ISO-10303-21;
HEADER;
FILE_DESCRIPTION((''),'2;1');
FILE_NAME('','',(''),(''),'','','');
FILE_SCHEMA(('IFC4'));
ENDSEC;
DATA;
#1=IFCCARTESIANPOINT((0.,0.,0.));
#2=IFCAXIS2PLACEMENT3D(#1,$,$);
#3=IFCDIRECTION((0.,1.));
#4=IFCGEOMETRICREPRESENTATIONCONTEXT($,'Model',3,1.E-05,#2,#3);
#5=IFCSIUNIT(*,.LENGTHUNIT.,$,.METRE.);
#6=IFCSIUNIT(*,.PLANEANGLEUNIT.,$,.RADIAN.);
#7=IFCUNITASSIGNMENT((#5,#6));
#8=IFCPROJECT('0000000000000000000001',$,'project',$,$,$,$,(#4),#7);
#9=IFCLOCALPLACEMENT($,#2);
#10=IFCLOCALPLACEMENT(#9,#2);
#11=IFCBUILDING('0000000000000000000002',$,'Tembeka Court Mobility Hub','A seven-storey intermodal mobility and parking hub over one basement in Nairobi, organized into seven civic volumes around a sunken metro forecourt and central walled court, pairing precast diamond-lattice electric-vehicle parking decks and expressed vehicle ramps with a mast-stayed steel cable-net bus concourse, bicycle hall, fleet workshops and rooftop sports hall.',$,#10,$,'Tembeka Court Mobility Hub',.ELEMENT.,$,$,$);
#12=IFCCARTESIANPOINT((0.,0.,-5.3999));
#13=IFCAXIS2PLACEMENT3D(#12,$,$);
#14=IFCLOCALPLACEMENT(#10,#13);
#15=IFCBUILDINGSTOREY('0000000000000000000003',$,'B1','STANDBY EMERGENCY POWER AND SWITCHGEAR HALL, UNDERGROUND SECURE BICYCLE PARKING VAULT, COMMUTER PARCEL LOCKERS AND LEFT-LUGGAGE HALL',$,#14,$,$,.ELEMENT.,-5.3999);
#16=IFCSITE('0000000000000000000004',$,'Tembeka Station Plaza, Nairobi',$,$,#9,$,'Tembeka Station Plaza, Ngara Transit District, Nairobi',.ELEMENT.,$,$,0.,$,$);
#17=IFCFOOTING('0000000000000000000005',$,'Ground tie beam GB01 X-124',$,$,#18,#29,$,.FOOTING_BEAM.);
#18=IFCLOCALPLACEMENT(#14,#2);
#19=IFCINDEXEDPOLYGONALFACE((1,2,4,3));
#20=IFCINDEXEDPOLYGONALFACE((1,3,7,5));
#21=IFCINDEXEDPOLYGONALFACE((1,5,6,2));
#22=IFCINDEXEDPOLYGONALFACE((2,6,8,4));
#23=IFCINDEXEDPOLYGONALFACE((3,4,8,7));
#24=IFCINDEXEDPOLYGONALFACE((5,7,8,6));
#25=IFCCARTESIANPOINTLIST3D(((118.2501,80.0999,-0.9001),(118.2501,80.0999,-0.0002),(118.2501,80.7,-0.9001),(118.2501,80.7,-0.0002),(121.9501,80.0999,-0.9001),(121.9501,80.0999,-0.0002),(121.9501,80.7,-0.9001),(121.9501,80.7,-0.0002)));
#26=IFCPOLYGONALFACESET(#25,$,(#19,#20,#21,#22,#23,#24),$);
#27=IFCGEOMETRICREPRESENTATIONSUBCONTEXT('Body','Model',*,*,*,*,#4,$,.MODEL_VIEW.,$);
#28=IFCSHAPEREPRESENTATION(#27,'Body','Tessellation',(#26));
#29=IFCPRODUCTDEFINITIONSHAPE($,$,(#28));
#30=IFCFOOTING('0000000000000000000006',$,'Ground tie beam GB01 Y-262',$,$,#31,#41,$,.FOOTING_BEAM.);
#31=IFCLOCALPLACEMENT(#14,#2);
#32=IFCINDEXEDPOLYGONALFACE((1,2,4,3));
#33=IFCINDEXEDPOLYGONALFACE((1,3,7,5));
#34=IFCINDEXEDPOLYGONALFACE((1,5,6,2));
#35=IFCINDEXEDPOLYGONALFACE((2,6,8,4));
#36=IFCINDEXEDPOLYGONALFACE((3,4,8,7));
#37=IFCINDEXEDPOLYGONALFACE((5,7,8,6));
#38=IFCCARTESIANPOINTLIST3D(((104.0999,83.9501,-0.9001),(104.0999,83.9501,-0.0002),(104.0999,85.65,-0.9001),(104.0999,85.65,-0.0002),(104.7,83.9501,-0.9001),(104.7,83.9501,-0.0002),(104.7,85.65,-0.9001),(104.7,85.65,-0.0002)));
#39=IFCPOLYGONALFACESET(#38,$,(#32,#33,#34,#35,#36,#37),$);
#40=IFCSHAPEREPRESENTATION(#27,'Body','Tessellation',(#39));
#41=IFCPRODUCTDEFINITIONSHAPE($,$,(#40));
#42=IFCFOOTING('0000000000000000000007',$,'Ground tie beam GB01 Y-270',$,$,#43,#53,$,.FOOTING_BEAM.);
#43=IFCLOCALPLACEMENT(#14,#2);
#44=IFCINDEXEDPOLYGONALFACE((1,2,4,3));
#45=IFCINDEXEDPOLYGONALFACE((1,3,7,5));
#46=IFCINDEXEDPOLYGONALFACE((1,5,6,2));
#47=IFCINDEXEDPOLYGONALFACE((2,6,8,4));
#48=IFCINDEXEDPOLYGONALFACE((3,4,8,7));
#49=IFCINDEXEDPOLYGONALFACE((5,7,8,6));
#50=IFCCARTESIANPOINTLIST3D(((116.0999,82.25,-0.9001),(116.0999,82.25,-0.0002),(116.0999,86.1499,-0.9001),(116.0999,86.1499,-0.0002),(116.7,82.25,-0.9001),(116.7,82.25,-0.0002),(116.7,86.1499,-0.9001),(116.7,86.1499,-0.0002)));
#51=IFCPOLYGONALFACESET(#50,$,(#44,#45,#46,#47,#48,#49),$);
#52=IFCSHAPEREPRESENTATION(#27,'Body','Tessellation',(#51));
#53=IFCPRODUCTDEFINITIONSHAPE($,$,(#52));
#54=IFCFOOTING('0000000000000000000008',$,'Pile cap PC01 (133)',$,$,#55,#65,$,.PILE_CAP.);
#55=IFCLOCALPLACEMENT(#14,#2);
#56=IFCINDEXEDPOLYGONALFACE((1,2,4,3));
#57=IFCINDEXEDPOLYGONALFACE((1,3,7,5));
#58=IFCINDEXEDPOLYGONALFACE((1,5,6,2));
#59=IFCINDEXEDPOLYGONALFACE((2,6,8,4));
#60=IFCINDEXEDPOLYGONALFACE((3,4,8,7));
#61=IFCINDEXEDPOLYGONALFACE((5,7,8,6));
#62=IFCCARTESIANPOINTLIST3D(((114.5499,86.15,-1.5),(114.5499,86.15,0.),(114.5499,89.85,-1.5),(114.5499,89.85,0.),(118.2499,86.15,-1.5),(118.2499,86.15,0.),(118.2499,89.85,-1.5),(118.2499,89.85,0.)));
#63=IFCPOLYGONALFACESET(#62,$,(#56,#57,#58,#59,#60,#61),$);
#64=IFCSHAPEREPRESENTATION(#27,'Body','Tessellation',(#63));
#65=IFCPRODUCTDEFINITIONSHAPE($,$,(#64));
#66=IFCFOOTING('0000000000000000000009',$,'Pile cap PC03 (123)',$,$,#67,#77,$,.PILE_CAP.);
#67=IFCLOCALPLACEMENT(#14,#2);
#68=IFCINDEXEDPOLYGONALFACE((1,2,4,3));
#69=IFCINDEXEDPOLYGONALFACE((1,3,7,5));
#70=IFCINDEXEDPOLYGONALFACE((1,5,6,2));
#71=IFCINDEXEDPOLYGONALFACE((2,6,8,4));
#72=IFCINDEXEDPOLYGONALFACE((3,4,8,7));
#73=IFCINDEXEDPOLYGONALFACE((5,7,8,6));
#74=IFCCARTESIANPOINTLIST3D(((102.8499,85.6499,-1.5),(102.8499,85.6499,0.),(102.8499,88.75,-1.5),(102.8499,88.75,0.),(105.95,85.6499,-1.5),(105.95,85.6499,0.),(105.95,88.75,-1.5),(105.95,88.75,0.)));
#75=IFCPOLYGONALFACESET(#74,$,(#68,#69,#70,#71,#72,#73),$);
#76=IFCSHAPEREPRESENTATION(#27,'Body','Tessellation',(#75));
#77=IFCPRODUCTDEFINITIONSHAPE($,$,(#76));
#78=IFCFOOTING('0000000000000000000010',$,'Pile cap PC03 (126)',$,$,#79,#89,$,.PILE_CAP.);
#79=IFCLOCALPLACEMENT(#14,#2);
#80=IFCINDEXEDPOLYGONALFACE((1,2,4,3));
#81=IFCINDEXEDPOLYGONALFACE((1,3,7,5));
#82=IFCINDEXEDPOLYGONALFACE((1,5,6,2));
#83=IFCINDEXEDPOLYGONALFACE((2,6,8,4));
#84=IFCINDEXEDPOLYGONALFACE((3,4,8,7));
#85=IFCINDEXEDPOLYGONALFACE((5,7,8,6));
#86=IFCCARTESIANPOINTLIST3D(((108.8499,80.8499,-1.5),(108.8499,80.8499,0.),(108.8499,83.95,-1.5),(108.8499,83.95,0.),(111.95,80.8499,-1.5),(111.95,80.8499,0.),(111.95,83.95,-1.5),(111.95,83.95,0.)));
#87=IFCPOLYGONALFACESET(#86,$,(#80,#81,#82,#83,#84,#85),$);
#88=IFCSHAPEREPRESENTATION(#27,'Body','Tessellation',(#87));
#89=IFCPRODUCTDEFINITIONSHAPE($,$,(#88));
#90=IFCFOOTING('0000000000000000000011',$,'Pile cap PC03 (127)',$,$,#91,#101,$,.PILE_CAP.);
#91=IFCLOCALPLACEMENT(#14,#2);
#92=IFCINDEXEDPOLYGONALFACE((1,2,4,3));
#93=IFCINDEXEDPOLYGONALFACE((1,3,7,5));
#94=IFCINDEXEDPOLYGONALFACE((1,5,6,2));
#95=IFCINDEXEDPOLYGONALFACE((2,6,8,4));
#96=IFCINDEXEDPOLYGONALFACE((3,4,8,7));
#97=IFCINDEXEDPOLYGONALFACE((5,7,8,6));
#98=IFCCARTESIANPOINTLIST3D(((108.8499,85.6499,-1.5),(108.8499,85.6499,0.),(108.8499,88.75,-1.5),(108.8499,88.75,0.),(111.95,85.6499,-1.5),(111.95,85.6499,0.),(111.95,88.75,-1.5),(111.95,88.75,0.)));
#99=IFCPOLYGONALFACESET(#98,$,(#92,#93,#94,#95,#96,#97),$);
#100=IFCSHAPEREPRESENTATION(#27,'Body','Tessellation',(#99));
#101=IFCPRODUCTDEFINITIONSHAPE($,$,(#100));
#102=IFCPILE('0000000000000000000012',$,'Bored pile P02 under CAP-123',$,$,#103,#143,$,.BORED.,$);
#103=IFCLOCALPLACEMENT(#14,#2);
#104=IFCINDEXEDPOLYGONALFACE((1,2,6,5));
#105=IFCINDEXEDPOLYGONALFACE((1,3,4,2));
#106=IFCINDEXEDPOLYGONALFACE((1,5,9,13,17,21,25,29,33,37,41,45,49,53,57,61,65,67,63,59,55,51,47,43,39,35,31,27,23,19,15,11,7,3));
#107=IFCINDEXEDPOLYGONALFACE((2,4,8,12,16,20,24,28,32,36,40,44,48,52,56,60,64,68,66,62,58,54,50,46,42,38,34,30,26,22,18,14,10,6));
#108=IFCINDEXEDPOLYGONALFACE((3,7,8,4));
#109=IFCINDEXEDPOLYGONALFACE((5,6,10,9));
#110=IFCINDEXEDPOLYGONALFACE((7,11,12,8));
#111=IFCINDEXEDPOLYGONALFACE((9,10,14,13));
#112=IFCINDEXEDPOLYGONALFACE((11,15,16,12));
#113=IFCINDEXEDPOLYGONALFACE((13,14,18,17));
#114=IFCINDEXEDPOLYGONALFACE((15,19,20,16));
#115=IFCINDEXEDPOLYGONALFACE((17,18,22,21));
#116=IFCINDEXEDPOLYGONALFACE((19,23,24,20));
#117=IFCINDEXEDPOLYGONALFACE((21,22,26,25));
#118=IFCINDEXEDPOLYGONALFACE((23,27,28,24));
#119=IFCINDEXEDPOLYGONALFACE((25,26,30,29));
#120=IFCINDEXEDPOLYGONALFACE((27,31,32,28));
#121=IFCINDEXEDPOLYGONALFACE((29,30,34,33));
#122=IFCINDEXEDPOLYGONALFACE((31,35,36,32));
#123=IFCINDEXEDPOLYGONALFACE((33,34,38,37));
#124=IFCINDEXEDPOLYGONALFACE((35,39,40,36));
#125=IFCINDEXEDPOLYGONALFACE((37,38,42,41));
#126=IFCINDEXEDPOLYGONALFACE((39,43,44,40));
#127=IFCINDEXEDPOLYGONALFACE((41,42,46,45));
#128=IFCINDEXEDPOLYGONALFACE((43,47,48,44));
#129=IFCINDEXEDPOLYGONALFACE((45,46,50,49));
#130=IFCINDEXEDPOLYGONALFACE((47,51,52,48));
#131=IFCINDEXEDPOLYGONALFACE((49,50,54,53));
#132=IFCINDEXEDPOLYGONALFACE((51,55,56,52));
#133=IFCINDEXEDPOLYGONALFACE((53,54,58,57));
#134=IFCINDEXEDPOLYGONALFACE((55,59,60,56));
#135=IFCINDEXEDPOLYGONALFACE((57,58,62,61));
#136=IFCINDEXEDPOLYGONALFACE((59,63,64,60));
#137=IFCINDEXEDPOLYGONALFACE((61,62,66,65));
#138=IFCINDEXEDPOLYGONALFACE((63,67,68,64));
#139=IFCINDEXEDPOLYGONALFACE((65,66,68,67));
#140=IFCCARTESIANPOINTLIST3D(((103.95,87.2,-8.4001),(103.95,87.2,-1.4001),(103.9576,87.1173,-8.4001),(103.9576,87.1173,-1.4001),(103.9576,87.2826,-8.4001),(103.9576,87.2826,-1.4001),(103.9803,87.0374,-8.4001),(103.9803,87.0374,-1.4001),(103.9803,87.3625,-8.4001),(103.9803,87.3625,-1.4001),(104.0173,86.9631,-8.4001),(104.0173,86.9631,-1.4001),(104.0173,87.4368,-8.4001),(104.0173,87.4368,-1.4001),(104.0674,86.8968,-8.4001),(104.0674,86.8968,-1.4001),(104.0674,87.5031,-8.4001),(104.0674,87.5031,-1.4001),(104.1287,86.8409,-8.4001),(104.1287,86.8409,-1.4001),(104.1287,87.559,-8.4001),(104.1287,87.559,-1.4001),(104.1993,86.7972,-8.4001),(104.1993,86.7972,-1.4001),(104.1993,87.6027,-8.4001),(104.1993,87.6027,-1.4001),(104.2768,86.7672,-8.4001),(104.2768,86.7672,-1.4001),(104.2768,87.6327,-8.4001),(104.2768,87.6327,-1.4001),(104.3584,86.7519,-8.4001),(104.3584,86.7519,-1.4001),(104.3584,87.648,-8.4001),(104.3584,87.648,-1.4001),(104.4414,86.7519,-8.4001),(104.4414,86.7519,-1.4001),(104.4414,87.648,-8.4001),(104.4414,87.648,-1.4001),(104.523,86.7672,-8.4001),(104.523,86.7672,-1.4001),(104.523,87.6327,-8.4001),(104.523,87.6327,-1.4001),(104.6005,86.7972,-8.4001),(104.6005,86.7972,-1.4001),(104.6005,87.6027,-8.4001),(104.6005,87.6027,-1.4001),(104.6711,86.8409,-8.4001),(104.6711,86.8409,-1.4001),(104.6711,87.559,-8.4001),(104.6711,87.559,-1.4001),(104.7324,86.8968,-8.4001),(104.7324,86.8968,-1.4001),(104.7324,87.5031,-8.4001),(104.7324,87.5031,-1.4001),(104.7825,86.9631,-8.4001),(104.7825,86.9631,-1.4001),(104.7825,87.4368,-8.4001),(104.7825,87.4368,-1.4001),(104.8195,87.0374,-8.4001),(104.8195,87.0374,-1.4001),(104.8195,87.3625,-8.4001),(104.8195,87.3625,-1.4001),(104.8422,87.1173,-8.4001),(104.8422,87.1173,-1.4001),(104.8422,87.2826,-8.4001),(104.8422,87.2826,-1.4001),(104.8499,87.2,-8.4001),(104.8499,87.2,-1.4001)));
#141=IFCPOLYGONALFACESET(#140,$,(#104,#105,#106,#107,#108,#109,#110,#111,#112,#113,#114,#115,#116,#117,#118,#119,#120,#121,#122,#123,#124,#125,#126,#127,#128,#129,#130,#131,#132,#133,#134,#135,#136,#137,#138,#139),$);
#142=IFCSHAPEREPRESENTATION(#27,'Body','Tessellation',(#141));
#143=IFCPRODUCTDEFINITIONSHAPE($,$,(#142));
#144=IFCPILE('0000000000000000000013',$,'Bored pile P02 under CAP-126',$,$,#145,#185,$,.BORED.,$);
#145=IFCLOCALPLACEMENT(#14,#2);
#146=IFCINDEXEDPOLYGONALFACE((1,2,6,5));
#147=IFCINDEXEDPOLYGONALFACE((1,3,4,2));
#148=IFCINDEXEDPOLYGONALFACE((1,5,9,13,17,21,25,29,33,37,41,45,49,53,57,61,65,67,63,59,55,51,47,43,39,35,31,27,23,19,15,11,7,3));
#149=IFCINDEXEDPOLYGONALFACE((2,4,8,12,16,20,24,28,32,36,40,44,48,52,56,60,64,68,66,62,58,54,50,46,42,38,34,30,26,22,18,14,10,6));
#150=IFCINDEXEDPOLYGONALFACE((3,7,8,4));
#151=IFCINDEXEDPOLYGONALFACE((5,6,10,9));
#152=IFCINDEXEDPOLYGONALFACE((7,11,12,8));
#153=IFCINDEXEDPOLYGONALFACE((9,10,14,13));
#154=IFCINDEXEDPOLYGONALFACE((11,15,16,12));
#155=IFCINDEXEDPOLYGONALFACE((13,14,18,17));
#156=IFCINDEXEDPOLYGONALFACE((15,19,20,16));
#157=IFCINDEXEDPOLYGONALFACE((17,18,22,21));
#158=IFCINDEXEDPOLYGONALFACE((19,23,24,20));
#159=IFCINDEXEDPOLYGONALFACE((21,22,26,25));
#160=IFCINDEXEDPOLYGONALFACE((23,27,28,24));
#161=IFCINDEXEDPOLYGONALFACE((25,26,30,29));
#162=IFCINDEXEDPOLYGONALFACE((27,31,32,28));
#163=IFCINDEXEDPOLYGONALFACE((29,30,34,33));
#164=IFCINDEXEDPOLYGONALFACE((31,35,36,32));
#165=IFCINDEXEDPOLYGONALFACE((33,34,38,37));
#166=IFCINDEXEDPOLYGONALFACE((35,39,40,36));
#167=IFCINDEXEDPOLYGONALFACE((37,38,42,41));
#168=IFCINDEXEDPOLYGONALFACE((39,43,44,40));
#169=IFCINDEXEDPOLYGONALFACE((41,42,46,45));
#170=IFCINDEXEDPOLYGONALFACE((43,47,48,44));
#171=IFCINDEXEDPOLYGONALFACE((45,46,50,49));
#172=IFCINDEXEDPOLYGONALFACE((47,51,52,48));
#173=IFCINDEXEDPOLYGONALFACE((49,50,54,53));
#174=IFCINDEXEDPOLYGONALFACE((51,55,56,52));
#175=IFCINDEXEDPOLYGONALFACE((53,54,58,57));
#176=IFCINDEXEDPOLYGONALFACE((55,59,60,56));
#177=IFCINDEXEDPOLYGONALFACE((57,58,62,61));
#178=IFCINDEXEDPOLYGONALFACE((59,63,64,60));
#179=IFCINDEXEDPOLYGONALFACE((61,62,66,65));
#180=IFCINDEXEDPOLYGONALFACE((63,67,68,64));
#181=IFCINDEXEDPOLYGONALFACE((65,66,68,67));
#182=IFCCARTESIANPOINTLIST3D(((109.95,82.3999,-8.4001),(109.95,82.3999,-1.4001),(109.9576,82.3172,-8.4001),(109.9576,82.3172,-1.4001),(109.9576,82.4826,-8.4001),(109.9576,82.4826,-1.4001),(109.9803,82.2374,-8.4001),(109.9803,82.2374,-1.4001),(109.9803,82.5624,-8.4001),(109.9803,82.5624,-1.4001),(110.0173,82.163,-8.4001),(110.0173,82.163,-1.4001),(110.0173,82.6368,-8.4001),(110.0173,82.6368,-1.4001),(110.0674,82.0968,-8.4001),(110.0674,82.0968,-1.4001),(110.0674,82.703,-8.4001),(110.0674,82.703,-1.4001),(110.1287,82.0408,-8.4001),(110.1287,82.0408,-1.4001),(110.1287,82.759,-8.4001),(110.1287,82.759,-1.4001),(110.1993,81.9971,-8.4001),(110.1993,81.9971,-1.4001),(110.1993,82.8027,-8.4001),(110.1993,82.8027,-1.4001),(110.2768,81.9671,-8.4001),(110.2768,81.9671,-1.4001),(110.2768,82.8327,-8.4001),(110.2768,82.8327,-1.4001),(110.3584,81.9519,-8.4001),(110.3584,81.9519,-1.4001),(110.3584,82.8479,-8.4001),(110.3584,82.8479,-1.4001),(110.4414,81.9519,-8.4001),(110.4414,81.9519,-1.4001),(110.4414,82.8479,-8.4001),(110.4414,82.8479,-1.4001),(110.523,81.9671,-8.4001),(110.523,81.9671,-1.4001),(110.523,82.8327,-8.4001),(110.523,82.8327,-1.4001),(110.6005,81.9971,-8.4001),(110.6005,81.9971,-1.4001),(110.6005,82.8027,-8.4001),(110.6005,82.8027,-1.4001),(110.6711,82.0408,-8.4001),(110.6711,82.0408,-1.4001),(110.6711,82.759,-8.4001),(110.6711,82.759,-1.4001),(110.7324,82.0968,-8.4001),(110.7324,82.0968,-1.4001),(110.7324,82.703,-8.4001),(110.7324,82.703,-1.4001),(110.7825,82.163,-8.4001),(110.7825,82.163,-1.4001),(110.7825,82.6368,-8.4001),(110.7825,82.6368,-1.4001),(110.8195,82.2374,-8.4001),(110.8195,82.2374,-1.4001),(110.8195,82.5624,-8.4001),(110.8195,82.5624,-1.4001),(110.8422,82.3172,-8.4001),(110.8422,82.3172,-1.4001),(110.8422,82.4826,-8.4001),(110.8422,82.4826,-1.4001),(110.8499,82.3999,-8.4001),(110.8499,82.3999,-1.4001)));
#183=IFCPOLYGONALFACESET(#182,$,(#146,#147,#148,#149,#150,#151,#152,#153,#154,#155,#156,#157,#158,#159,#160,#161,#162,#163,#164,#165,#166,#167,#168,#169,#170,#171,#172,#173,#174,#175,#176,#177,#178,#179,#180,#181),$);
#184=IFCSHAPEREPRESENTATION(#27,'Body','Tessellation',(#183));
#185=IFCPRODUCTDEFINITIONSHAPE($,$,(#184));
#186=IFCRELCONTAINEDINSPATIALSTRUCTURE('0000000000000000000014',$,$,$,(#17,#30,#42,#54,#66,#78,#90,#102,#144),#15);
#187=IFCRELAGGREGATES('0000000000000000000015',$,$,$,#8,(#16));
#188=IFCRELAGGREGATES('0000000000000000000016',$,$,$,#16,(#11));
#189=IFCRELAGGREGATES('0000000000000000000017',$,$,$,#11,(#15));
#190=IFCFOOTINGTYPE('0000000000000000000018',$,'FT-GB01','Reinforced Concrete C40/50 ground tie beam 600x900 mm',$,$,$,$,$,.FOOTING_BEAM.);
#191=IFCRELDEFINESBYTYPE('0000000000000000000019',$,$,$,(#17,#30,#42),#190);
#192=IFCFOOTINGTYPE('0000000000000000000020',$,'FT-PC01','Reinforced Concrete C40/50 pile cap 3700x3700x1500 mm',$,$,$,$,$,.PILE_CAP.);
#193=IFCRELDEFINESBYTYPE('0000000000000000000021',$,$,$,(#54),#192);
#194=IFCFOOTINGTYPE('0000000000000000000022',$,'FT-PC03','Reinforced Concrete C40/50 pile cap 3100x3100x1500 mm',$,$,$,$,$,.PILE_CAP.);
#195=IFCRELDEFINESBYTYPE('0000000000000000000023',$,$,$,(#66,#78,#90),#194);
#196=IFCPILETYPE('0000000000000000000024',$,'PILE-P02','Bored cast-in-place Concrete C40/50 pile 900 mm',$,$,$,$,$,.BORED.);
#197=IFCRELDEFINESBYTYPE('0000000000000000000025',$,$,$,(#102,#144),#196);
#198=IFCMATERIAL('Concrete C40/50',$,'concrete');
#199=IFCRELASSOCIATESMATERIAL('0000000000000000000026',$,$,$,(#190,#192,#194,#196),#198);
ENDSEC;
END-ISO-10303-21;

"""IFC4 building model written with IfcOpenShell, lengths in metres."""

from ifc_helpers import new_model, si_unit, direction, frame, origin, origin_2d, place, context, subcontext, project, spatial, rectangle, circle, extrude, material, material_profile, profile_set, type_object, element, save


model = new_model("IFC4")

# Units and contexts
model_context = context("Model", 3, precision=1e-05, world=origin(), true_north=direction((0.0, 1.0)))
body_context = subcontext(model_context, "Body", "Model", "MODEL_VIEW")
ifc_project = project(units=[si_unit("LENGTHUNIT", "METRE"), si_unit("PLANEANGLEUNIT", "RADIAN")], contexts=[model_context])

# Site, building, storey
site_placement = place(None, origin())
site = spatial("IfcSite", under=ifc_project, at=site_placement, Name="Tembeka Station Plaza, Nairobi", LongName="Tembeka Station Plaza, Ngara Transit District, Nairobi", CompositionType="ELEMENT", RefElevation=0.0)
building_placement = place(site_placement, origin())
building = spatial("IfcBuilding", under=site, at=building_placement, Name="Tembeka Court Mobility Hub", Description="A seven-storey intermodal mobility and parking hub over one basement in Nairobi, organized into seven civic volumes around a sunken metro forecourt and central walled court, pairing precast diamond-lattice electric-vehicle parking decks and expressed vehicle ramps with a mast-stayed steel cable-net bus concourse, bicycle hall, fleet workshops and rooftop sports hall.", LongName="Tembeka Court Mobility Hub", CompositionType="ELEMENT")
storey_placement = place(building_placement, frame((0.0, 0.0, -5.3999)))
storey = spatial("IfcBuildingStorey", under=building, at=storey_placement, Name="B1", Description="STANDBY EMERGENCY POWER AND SWITCHGEAR HALL, UNDERGROUND SECURE BICYCLE PARKING VAULT, COMMUTER PARCEL LOCKERS AND LEFT-LUGGAGE HALL", CompositionType="ELEMENT", Elevation=-5.3999)

# Footings
ifc_material_1 = material(Name="Concrete C40/50", Category="concrete")
footing_type_1 = type_object("IfcFootingType", Name="FT-GB01", Description="Reinforced Concrete C40/50 ground tie beam 600x900 mm", PredefinedType="FOOTING_BEAM", material=ifc_material_1)
footing_1_placement = place(storey_placement, frame((120.1001, 80.3999, -0.9001), z_axis=(0.0, 0.0, 1.0), x_axis=(1.0, 0.0, 0.0)))
element("IfcFooting", 1, at=footing_1_placement, inside=storey, type_object=footing_type_1, Name="Ground tie beam GB01 X-124", PredefinedType="FOOTING_BEAM", context=body_context, shape_type="SweptSolid", body=[
    extrude(rectangle(XDim=3.7, YDim=0.6001, at=origin_2d()), origin(), (0.0, 0.0, 1.0), 0.8999),
])
footing_2_placement = place(storey_placement, frame((104.3999, 84.8, -0.9001), z_axis=(0.0, 0.0, 1.0), x_axis=(0.0, 1.0, 0.0)))
element("IfcFooting", 2, at=footing_2_placement, inside=storey, type_object=footing_type_1, Name="Ground tie beam GB01 Y-262", PredefinedType="FOOTING_BEAM", context=body_context, shape_type="SweptSolid", body=[
    extrude(rectangle(XDim=1.7, YDim=0.6001, at=origin_2d()), origin(), (0.0, 0.0, 1.0), 0.8999),
])
footing_3_placement = place(storey_placement, frame((116.3999, 84.2, -0.9001), z_axis=(0.0, 0.0, 1.0), x_axis=(0.0, 1.0, 0.0)))
element("IfcFooting", 3, at=footing_3_placement, inside=storey, type_object=footing_type_1, Name="Ground tie beam GB01 Y-270", PredefinedType="FOOTING_BEAM", context=body_context, shape_type="SweptSolid", body=[
    extrude(rectangle(XDim=3.8999, YDim=0.6001, at=origin_2d()), origin(), (0.0, 0.0, 1.0), 0.8999),
])
footing_type_2 = type_object("IfcFootingType", Name="FT-PC01", Description="Reinforced Concrete C40/50 pile cap 3700x3700x1500 mm", PredefinedType="PILE_CAP", material=ifc_material_1)
footing_4_placement = place(storey_placement, frame((116.3999, 88.0, -1.5), z_axis=(0.0, 0.0, 1.0), x_axis=(1.0, 0.0, 0.0)))
element("IfcFooting", 4, at=footing_4_placement, inside=storey, type_object=footing_type_2, Name="Pile cap PC01 (133)", PredefinedType="PILE_CAP", context=body_context, shape_type="SweptSolid", body=[
    extrude(rectangle(XDim=3.7, YDim=3.7, at=origin_2d()), origin(), (0.0, 0.0, 1.0), 1.5),
])
footing_type_3 = type_object("IfcFootingType", Name="FT-PC03", Description="Reinforced Concrete C40/50 pile cap 3100x3100x1500 mm", PredefinedType="PILE_CAP", material=ifc_material_1)
for number, where, z_axis, x_axis, name in (
    (5, (104.3999, 87.2, -1.5), (0.0, 0.0, 1.0), (1.0, 0.0, 0.0), "Pile cap PC03 (123)"),
    (6, (110.3999, 82.3999, -1.5), (0.0, 0.0, 1.0), (1.0, 0.0, 0.0), "Pile cap PC03 (126)"),
    (7, (110.3999, 87.2, -1.5), (0.0, 0.0, 1.0), (1.0, 0.0, 0.0), "Pile cap PC03 (127)"),
):
    element("IfcFooting", number, at=place(storey_placement, frame(where, z_axis=z_axis, x_axis=x_axis)), inside=storey, type_object=footing_type_3, Name=name, PredefinedType="PILE_CAP", context=body_context, shape_type="SweptSolid", body=[
        extrude(rectangle(XDim=3.1001, YDim=3.1001, at=origin_2d()), origin(), (0.0, 0.0, 1.0), 1.5),
    ])

# Piles
ifc_material_profile_1 = material_profile(ifc_material_1, circle(Radius=0.45, at=origin_2d()), Name="PILE D900")
ifc_profile_set_1 = profile_set([ifc_material_profile_1], Name="Concrete C40/50")
pile_type_1 = type_object("IfcPileType", Name="PILE-P02", Description="Bored cast-in-place Concrete C40/50 pile 900 mm", PredefinedType="BORED", material=ifc_profile_set_1)
for number, where, z_axis, x_axis, name in (
    (8, (104.3999, 87.2, -1.4001), (0.0, 0.0, -1.0), (1.0, 0.0, 0.0), "Bored pile P02 under CAP-123"),
    (9, (110.3999, 82.3999, -1.4001), (0.0, 0.0, -1.0), (1.0, 0.0, 0.0), "Bored pile P02 under CAP-126"),
):
    element("IfcPile", number, at=place(storey_placement, frame(where, z_axis=z_axis, x_axis=x_axis)), inside=storey, type_object=pile_type_1, Name=name, PredefinedType="BORED", context=body_context, shape_type="SweptSolid", body=[
        extrude(circle(Radius=0.45, at=origin_2d()), origin(), (0.0, 0.0, 1.0), 7.0),
    ])

save(model, "model.ifc")
